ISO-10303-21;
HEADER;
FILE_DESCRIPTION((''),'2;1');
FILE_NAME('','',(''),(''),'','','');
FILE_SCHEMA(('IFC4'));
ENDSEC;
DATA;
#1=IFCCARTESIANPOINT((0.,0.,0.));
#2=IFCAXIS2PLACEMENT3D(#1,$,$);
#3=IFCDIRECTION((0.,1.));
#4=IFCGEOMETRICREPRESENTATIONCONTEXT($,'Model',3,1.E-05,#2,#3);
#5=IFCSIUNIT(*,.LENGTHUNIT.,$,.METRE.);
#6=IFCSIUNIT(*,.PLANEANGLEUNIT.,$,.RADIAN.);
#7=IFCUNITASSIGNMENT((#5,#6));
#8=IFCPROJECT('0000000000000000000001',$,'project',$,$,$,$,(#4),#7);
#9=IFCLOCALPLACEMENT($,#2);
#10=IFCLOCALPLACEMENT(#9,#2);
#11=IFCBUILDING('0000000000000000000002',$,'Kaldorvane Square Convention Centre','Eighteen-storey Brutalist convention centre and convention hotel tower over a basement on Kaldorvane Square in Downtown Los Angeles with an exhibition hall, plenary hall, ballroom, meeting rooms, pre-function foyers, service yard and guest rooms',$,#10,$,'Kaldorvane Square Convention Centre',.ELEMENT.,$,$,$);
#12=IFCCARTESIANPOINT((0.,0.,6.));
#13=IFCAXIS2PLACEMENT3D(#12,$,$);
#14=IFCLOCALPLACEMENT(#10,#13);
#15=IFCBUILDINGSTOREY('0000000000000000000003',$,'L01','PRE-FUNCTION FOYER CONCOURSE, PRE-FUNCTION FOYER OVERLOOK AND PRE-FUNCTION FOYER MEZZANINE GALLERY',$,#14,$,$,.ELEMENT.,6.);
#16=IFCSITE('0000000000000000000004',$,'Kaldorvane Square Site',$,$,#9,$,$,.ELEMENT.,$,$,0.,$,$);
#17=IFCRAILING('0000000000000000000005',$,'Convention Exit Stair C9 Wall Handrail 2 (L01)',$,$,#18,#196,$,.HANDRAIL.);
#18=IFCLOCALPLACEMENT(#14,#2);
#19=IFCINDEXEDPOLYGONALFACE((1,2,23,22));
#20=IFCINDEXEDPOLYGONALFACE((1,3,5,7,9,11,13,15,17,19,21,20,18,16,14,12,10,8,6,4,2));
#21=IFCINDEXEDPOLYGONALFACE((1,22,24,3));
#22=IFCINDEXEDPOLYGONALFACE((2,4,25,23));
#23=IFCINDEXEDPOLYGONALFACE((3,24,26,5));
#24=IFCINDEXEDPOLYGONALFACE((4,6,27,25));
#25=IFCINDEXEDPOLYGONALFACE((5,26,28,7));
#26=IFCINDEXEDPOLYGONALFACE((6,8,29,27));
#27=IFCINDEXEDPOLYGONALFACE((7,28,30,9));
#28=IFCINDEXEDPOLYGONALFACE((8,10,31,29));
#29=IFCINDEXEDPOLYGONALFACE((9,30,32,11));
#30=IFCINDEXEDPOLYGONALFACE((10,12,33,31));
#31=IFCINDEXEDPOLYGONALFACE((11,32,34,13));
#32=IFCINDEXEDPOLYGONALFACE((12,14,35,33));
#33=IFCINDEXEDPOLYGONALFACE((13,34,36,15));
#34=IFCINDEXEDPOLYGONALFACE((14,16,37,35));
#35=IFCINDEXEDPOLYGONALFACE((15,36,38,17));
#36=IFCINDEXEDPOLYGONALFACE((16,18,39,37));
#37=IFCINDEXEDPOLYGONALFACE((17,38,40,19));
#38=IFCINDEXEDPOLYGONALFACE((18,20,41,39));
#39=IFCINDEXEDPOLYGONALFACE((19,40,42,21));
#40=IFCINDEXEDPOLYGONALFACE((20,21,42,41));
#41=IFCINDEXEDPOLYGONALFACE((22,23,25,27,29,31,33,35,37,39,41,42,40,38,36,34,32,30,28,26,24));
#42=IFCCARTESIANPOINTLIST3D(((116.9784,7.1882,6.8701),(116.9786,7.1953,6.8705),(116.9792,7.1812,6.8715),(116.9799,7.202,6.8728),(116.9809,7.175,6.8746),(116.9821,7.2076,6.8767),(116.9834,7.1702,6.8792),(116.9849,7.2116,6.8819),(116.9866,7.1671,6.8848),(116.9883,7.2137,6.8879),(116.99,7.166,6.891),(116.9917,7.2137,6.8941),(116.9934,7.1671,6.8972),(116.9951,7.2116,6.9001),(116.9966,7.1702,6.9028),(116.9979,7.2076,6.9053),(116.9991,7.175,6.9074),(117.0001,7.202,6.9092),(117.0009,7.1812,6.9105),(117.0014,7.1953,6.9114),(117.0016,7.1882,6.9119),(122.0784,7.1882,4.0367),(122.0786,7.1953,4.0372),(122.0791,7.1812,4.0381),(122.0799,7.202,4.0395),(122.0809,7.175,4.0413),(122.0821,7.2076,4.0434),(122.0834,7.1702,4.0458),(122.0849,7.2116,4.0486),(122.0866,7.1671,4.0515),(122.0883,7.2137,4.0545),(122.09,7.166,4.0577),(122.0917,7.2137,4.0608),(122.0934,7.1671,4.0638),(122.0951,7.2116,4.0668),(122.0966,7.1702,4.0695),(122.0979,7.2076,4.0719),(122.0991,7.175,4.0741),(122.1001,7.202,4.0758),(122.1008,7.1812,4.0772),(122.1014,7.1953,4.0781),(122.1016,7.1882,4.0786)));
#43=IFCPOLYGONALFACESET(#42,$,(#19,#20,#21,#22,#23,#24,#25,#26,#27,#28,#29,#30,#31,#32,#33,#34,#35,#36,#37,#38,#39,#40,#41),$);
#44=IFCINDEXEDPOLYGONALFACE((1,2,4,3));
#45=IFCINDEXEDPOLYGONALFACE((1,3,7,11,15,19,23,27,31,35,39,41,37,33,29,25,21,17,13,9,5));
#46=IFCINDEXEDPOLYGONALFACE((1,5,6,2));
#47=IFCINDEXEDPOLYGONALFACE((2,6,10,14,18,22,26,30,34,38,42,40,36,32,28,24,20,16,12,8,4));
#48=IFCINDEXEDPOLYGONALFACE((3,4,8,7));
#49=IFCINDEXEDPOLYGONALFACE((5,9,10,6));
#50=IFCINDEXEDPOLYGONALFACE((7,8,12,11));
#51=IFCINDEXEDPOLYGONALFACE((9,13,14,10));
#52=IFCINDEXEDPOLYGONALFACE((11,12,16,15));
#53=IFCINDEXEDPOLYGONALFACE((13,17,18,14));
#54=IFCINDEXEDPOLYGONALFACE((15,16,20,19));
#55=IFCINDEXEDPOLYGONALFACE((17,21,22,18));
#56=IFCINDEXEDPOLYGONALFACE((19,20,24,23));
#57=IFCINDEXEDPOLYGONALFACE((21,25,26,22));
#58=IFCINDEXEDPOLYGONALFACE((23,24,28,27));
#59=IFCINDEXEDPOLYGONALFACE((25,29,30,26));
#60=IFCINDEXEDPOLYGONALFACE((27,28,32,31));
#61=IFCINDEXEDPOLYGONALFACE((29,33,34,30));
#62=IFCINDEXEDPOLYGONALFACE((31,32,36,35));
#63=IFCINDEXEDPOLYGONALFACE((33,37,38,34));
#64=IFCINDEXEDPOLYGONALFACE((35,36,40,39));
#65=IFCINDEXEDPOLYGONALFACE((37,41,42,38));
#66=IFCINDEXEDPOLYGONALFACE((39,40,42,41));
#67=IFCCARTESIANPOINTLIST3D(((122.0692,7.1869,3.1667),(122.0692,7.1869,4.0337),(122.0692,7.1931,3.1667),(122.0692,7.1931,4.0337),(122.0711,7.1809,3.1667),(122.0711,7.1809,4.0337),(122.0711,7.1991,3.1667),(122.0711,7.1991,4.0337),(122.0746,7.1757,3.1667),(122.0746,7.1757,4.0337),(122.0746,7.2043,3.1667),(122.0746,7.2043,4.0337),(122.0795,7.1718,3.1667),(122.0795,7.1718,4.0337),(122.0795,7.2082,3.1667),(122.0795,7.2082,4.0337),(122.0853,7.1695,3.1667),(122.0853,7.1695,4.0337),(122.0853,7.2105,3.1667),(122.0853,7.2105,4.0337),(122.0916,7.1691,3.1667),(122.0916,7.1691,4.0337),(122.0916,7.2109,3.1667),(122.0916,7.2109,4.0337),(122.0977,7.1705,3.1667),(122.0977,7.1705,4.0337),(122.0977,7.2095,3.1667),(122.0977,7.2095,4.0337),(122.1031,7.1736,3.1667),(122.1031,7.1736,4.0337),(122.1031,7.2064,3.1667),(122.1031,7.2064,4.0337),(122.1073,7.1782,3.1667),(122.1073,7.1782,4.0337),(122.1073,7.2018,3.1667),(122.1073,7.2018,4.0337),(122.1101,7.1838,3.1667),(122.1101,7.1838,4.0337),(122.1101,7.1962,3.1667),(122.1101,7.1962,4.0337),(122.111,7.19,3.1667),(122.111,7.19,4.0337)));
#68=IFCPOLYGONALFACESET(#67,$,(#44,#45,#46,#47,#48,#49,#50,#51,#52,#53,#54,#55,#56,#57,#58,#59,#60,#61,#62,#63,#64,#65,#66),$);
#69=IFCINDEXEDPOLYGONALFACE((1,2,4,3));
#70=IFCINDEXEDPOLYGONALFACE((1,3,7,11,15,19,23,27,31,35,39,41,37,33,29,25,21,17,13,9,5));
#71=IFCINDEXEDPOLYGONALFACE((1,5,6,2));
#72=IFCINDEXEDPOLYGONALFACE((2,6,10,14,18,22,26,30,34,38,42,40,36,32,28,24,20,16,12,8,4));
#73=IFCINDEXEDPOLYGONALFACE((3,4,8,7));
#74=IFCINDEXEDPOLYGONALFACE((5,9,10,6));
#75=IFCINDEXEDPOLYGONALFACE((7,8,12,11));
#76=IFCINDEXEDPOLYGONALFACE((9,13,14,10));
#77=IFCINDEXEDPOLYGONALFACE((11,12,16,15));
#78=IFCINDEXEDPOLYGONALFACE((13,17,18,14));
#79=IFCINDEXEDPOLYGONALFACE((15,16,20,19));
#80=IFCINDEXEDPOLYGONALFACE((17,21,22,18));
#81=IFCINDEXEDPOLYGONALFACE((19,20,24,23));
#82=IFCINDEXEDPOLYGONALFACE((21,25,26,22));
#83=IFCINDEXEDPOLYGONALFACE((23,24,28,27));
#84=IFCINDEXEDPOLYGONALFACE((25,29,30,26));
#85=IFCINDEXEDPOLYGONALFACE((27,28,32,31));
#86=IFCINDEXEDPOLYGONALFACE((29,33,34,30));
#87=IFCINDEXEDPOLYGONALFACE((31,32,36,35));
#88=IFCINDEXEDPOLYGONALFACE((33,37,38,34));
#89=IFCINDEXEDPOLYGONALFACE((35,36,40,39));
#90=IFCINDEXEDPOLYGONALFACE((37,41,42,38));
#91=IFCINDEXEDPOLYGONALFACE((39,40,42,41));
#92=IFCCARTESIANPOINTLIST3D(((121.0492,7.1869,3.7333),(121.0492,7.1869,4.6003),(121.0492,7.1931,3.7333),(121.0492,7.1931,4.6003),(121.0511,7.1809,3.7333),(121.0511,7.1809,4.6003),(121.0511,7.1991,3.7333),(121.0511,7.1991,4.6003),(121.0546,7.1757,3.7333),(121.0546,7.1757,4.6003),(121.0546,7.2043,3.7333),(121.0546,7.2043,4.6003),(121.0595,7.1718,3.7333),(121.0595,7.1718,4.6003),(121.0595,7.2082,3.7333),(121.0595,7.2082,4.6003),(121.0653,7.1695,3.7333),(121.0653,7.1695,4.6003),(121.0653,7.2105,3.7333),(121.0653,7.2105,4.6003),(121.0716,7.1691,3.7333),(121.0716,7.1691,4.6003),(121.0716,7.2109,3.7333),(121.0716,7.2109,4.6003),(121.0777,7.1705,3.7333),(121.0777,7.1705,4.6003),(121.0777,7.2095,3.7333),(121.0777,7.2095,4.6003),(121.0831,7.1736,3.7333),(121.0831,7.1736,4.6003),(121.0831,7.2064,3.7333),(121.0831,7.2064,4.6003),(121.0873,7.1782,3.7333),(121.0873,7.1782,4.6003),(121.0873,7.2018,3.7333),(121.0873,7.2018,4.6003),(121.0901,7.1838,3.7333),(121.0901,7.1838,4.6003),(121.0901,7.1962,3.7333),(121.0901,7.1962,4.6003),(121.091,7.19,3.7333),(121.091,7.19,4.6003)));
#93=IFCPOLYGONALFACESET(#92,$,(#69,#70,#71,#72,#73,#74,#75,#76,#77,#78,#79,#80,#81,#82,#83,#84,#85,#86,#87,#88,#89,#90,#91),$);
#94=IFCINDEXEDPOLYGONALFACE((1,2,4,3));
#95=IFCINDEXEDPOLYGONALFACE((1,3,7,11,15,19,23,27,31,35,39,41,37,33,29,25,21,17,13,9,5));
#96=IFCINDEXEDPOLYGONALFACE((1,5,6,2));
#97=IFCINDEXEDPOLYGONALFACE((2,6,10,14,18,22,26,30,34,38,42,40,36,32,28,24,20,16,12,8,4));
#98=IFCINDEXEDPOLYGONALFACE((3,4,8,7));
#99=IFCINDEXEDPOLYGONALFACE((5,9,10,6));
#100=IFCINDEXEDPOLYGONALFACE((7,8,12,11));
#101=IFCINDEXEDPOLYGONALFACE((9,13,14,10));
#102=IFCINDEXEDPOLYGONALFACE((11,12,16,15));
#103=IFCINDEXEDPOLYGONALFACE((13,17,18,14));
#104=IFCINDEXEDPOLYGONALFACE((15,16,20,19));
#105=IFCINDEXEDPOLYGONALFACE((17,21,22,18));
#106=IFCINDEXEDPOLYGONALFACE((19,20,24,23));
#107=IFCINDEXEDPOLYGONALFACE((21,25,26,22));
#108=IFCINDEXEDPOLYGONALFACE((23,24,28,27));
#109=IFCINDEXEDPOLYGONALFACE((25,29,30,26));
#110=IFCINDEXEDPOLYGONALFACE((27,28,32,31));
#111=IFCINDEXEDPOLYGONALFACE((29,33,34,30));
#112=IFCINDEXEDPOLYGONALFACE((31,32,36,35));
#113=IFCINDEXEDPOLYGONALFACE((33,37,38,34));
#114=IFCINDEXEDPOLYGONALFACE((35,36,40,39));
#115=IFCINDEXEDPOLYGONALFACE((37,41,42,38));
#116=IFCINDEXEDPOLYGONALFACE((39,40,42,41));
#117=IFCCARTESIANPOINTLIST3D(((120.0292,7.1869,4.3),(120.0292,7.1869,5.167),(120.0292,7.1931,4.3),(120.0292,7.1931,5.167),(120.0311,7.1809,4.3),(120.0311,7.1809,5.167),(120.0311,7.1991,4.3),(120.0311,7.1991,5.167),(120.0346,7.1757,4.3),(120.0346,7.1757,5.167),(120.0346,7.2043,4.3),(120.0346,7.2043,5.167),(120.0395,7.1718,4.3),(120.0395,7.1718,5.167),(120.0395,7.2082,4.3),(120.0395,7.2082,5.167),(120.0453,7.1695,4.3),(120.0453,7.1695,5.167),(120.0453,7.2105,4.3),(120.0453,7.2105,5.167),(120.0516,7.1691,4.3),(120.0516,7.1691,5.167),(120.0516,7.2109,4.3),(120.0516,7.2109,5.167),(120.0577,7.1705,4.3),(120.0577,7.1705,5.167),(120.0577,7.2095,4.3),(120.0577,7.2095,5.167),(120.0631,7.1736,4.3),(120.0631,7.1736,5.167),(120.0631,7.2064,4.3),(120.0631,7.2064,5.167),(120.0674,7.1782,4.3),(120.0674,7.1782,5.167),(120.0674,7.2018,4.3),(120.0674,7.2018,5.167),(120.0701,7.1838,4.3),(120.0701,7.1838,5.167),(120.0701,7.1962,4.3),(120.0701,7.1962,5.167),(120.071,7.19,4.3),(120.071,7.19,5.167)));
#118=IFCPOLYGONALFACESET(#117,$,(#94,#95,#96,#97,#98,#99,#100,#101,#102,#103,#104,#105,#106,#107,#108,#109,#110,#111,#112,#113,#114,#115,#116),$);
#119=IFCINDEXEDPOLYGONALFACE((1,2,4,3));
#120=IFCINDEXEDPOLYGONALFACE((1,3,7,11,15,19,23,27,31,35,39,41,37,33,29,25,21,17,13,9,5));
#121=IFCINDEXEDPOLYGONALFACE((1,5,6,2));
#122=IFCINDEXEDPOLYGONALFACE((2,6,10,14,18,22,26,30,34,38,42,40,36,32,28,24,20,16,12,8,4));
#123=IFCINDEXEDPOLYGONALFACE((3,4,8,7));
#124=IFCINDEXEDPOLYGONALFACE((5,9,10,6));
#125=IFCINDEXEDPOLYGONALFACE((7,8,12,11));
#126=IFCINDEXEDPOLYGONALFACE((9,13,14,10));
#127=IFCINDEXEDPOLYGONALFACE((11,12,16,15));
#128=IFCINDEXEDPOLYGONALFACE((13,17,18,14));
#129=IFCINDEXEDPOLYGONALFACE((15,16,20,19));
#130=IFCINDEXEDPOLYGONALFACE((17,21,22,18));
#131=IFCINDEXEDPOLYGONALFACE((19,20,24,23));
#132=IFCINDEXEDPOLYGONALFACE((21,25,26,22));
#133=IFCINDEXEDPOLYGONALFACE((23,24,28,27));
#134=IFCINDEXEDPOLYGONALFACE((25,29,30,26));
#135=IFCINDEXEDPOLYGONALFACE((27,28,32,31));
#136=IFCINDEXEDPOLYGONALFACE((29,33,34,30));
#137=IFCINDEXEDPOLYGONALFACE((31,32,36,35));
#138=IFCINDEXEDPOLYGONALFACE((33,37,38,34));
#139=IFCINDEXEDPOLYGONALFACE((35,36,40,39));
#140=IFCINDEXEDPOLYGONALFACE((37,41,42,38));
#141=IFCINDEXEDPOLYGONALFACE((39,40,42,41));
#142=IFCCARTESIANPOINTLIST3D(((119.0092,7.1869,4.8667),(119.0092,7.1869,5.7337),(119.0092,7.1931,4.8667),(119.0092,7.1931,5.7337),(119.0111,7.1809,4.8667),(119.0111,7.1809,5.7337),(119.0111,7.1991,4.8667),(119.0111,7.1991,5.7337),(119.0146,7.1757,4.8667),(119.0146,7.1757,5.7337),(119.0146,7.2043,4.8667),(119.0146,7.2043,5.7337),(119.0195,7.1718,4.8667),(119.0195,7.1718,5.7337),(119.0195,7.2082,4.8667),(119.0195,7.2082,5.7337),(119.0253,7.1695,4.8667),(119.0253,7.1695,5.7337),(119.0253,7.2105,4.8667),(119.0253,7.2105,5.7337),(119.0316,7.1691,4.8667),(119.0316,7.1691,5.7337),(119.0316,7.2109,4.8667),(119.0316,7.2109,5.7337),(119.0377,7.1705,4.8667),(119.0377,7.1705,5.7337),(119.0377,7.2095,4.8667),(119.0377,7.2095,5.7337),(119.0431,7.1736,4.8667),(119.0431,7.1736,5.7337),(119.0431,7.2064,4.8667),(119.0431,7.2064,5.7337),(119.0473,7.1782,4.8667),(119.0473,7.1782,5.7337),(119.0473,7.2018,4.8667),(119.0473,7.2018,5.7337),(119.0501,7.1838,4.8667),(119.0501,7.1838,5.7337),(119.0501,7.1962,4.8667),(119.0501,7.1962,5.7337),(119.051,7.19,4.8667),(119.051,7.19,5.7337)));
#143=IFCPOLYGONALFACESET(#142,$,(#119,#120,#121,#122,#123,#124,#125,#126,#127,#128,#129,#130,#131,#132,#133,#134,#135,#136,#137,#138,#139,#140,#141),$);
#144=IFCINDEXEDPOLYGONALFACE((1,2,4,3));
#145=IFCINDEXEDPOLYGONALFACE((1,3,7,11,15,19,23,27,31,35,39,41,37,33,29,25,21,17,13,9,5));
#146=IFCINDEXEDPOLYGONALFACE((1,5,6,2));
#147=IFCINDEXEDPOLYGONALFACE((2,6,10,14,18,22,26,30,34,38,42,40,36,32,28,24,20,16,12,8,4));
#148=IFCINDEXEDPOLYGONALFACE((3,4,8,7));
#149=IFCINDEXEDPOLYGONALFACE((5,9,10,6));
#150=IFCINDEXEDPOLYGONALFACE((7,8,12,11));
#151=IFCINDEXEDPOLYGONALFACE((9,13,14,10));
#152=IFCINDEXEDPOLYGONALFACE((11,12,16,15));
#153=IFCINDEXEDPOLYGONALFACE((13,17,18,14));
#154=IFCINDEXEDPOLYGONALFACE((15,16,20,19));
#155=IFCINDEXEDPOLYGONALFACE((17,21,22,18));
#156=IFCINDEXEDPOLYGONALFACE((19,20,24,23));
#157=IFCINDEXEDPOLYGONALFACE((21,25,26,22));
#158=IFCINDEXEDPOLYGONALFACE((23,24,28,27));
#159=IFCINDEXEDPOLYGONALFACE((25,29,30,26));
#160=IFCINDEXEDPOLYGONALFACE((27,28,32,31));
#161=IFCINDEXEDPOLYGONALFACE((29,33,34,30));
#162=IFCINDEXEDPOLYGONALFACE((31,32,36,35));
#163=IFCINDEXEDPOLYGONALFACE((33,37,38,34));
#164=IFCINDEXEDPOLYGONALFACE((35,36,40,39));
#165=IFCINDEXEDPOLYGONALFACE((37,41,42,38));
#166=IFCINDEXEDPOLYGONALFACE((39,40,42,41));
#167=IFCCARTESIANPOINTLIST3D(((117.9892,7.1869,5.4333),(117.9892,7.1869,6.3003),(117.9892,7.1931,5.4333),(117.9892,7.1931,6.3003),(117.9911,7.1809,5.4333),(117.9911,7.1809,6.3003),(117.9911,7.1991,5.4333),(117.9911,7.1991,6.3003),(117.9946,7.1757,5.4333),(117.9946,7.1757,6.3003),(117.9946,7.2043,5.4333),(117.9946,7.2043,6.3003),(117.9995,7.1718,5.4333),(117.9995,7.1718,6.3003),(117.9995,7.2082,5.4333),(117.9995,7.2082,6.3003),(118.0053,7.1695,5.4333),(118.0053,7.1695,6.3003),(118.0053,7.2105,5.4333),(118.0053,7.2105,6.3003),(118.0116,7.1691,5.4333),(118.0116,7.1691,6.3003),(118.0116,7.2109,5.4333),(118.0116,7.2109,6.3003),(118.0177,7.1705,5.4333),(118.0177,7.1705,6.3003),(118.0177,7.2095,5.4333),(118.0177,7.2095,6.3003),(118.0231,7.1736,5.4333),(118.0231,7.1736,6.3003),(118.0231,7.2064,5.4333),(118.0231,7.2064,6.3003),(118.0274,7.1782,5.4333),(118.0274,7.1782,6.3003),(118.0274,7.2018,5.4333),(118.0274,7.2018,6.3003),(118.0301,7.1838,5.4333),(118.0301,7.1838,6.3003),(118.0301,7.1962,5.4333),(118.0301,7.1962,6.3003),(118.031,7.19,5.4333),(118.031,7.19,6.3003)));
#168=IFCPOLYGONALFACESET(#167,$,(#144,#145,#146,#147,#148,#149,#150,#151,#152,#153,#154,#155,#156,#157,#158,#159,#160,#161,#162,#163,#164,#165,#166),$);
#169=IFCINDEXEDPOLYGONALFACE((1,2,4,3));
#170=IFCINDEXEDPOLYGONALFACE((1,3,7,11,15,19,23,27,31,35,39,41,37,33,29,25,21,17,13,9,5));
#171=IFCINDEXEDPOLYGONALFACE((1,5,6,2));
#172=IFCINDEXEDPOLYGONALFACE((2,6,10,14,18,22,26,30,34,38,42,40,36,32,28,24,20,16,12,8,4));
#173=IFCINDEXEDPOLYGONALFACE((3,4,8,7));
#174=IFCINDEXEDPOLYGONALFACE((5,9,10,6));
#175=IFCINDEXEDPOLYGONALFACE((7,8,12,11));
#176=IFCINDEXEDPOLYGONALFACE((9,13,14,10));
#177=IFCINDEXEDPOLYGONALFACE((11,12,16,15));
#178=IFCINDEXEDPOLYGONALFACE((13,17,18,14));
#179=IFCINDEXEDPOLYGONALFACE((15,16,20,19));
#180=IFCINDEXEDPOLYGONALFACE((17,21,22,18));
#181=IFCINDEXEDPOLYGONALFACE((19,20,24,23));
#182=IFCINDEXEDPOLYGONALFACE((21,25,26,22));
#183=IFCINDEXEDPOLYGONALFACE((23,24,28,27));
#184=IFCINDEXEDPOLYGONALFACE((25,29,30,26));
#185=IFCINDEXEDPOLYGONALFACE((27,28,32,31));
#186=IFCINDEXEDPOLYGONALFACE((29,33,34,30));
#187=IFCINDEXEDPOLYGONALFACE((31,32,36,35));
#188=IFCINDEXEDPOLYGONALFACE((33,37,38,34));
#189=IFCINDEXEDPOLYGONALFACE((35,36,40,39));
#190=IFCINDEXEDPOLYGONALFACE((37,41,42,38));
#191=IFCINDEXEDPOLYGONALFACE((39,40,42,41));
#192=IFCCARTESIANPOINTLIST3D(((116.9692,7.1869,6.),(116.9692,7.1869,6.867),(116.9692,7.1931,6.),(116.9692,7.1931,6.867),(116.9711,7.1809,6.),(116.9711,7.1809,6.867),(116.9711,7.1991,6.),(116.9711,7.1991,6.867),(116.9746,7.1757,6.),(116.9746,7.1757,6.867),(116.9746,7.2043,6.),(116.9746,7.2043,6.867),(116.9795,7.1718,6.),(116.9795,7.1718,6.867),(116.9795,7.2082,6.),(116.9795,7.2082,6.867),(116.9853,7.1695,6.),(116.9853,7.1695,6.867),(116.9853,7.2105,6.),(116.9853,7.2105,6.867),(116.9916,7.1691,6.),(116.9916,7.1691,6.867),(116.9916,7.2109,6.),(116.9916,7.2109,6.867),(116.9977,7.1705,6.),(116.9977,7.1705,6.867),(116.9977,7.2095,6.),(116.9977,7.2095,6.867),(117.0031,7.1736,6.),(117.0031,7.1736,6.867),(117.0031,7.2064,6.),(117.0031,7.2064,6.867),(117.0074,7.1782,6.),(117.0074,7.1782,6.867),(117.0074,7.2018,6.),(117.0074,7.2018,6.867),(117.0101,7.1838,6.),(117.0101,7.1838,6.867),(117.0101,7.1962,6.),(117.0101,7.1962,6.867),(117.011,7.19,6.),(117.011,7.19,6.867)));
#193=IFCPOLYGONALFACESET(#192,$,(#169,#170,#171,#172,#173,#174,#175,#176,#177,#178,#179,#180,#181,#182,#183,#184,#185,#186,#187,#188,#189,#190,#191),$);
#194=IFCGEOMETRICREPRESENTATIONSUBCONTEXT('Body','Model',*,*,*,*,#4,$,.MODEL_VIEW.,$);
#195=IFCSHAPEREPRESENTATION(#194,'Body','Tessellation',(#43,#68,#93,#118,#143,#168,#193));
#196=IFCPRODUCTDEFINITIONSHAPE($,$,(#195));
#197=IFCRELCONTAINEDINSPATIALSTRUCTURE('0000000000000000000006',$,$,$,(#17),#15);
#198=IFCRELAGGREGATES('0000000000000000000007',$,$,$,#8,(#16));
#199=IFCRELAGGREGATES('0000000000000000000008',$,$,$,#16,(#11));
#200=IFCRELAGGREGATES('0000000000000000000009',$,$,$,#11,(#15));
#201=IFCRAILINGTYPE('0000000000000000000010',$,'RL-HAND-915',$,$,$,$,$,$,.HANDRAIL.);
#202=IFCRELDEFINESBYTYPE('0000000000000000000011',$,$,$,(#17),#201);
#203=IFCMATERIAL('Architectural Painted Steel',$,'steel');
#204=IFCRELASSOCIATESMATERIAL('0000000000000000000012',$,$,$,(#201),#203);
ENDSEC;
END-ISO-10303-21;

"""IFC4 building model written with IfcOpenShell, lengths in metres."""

from ifc_helpers import new_model, si_unit, direction, frame, origin, origin_2d, place, context, subcontext, project, spatial, circle, extrude, material, type_object, element, save


model = new_model("IFC4")

# Units and contexts
model_context = context("Model", 3, precision=1e-05, world=origin(), true_north=direction((0.0, 1.0)))
body_context = subcontext(model_context, "Body", "Model", "MODEL_VIEW")
ifc_project = project(units=[si_unit("LENGTHUNIT", "METRE"), si_unit("PLANEANGLEUNIT", "RADIAN")], contexts=[model_context])

# Site, building, storey
site_placement = place(None, origin())
site = spatial("IfcSite", under=ifc_project, at=site_placement, Name="Kaldorvane Square Site", CompositionType="ELEMENT", RefElevation=0.0)
building_placement = place(site_placement, origin())
building = spatial("IfcBuilding", under=site, at=building_placement, Name="Kaldorvane Square Convention Centre", Description="Eighteen-storey Brutalist convention centre and convention hotel tower over a basement on Kaldorvane Square in Downtown Los Angeles with an exhibition hall, plenary hall, ballroom, meeting rooms, pre-function foyers, service yard and guest rooms", LongName="Kaldorvane Square Convention Centre", CompositionType="ELEMENT")
storey_placement = place(building_placement, frame((0.0, 0.0, 6.0)))
storey = spatial("IfcBuildingStorey", under=building, at=storey_placement, Name="L01", Description="PRE-FUNCTION FOYER CONCOURSE, PRE-FUNCTION FOYER OVERLOOK AND PRE-FUNCTION FOYER MEZZANINE GALLERY", CompositionType="ELEMENT", Elevation=6.0)

# Railing
ifc_material_1 = material(Name="Architectural Painted Steel", Category="steel")
railing_type_1 = type_object("IfcRailingType", Name="RL-HAND-915", PredefinedType="HANDRAIL", material=ifc_material_1)
railing_1_placement = place(storey_placement, frame((122.09, 7.19, 3.1667)))
element("IfcRailing", 1, at=railing_1_placement, inside=storey, type_object=railing_type_1, Name="Convention Exit Stair C9 Wall Handrail 2 (L01)", PredefinedType="HANDRAIL", context=body_context, shape_type="SweptSolid", body=[
    extrude(circle(Radius=0.024, at=origin_2d()), frame((0.0, 0.0, 0.891), z_axis=(-0.874157, 0.0, 0.485643), x_axis=(0.0, -1.0, 0.0)), (0.0, 0.0, 1.0), 5.8342),
    extrude(circle(Radius=0.021, at=origin_2d()), origin(), (0.0, 0.0, 1.0), 0.867),
    extrude(circle(Radius=0.021, at=origin_2d()), frame((-1.02, 0.0, 0.5667)), (0.0, 0.0, 1.0), 0.867),
    extrude(circle(Radius=0.021, at=origin_2d()), frame((-2.04, 0.0, 1.1333)), (0.0, 0.0, 1.0), 0.867),
    extrude(circle(Radius=0.021, at=origin_2d()), frame((-3.06, 0.0, 1.7)), (0.0, 0.0, 1.0), 0.867),
    extrude(circle(Radius=0.021, at=origin_2d()), frame((-4.08, 0.0, 2.2667)), (0.0, 0.0, 1.0), 0.867),
    extrude(circle(Radius=0.021, at=origin_2d()), frame((-5.1, 0.0, 2.8333)), (0.0, 0.0, 1.0), 0.867),
])

save(model, "model.ifc")
